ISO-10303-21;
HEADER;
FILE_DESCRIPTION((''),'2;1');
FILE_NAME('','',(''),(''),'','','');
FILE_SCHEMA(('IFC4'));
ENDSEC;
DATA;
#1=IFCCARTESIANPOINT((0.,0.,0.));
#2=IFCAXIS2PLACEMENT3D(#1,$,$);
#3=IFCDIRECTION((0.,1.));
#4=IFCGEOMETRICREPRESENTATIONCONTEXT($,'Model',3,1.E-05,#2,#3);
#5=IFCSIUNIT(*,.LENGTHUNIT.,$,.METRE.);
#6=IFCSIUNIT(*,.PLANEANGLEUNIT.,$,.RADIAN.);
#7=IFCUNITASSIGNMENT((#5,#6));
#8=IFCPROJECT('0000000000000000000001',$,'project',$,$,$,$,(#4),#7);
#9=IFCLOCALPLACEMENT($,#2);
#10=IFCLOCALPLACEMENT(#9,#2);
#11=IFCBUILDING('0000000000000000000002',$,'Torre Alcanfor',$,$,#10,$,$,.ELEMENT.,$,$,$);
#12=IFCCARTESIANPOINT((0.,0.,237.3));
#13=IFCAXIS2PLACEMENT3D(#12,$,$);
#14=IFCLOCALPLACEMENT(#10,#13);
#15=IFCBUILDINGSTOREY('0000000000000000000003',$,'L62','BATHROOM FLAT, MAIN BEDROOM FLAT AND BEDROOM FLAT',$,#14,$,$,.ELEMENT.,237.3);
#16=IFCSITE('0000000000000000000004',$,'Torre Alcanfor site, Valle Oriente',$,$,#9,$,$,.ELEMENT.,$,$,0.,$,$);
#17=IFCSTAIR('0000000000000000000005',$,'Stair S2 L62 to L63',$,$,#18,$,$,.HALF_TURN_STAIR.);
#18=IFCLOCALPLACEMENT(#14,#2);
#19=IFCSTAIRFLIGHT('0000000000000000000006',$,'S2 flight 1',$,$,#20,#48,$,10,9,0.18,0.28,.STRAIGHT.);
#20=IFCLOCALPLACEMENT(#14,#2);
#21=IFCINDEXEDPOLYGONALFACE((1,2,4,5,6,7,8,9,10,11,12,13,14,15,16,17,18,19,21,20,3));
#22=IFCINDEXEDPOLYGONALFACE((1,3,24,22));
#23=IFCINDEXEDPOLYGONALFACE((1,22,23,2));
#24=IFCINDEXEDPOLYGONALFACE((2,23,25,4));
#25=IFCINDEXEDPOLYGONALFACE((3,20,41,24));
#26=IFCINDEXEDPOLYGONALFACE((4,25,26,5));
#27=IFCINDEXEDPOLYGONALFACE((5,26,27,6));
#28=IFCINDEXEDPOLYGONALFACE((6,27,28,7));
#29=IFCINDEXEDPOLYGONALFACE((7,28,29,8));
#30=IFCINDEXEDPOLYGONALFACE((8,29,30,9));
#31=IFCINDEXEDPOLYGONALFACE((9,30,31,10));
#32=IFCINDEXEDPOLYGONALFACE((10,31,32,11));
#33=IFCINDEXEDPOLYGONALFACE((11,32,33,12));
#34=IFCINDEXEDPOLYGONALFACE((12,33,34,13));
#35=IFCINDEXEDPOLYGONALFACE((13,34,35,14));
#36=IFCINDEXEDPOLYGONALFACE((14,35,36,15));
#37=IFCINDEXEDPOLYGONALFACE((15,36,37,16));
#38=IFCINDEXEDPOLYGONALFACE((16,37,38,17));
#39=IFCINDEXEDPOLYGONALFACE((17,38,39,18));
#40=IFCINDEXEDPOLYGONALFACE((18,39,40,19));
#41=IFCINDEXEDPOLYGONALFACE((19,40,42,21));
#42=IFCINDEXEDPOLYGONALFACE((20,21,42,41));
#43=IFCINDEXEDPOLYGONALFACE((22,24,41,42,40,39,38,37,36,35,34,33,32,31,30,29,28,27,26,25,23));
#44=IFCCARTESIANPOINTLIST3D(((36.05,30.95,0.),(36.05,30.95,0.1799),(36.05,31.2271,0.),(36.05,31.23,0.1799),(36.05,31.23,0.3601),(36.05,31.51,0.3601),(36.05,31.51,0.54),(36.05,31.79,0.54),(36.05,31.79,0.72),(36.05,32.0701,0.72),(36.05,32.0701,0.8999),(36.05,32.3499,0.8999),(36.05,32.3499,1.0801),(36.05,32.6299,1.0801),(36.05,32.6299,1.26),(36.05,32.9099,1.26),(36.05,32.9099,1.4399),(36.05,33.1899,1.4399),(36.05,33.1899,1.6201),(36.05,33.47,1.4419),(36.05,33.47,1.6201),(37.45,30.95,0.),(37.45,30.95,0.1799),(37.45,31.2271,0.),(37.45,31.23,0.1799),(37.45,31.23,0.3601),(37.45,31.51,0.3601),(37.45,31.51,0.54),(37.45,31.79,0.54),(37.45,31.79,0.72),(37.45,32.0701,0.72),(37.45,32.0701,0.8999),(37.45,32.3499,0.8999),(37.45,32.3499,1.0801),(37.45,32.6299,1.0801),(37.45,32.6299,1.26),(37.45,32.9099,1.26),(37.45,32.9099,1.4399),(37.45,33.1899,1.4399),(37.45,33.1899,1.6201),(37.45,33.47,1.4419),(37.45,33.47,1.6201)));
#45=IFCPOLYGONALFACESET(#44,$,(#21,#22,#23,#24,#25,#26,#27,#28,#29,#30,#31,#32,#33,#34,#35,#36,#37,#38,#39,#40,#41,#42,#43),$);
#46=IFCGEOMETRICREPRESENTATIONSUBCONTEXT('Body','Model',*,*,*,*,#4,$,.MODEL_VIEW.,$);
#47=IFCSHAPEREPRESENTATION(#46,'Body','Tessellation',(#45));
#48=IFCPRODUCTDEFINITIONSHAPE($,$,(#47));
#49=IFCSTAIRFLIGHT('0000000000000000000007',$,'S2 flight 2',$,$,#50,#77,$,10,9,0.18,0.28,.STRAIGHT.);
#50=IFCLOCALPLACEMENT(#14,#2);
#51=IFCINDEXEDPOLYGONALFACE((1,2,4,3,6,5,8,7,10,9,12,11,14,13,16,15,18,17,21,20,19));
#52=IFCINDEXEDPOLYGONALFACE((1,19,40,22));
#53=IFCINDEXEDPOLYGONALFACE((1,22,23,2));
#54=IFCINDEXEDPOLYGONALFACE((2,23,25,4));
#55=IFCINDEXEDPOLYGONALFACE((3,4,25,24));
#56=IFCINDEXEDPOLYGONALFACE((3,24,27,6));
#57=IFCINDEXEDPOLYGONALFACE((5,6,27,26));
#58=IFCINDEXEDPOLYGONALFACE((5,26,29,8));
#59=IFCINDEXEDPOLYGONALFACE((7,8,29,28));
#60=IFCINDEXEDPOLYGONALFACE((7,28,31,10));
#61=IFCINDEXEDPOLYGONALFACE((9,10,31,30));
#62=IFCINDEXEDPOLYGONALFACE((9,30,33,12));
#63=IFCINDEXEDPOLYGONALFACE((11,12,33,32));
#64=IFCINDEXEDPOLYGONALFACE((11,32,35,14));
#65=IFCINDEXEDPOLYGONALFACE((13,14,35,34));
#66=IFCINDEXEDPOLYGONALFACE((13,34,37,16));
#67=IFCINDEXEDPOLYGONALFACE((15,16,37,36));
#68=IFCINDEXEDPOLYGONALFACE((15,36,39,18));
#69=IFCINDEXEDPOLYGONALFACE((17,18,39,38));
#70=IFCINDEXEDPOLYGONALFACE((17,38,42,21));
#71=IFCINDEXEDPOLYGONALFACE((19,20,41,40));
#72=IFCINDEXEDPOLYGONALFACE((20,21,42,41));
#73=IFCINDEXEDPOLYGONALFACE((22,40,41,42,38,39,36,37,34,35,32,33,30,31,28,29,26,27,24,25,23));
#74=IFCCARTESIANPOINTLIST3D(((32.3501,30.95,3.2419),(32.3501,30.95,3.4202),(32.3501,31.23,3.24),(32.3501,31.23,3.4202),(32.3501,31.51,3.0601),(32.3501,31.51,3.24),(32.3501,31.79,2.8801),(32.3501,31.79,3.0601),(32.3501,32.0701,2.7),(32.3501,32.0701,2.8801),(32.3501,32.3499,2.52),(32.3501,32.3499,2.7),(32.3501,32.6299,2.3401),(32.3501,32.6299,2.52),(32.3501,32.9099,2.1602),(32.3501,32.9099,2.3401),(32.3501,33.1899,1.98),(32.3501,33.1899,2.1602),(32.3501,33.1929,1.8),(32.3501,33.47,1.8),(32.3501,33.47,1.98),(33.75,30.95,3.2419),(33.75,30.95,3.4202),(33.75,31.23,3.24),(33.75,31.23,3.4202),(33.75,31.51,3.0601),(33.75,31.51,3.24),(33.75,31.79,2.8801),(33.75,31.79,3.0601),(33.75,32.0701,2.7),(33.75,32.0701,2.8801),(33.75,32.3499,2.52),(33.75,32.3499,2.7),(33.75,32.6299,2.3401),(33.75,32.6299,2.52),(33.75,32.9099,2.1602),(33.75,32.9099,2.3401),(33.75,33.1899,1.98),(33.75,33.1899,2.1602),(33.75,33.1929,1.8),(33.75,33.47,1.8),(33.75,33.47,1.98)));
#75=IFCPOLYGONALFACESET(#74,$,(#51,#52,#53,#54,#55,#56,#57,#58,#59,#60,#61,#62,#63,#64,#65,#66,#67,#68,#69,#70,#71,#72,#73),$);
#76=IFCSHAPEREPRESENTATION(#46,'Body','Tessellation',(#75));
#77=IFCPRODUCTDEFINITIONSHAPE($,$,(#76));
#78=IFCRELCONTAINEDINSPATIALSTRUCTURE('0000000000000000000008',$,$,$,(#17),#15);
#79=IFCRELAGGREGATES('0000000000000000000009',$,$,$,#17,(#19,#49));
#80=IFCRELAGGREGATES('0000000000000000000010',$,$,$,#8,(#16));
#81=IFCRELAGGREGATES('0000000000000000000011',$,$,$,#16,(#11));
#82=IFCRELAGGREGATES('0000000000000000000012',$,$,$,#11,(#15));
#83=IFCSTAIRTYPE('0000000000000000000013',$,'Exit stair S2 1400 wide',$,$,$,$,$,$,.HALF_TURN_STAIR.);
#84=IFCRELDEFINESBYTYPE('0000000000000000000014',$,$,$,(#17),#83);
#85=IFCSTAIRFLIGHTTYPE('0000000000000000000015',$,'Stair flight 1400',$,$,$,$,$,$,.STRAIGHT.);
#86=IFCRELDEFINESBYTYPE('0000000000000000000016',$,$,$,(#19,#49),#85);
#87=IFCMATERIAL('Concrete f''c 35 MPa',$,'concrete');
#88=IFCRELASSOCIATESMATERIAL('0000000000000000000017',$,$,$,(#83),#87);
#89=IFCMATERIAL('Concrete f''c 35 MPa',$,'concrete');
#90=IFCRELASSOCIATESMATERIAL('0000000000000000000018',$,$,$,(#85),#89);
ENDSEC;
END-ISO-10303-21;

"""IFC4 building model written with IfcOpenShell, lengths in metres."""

from ifc_helpers import new_model, si_unit, direction, frame, origin, place, context, subcontext, project, spatial, polyline, outline, extrude, material, type_object, element, aggregate, save


model = new_model("IFC4")

# Units and contexts
model_context = context("Model", 3, precision=1e-05, world=origin(), true_north=direction((0.0, 1.0)))
body_context = subcontext(model_context, "Body", "Model", "MODEL_VIEW")
ifc_project = project(units=[si_unit("LENGTHUNIT", "METRE"), si_unit("PLANEANGLEUNIT", "RADIAN")], contexts=[model_context])

# Site, building, storey
site_placement = place(None, origin())
site = spatial("IfcSite", under=ifc_project, at=site_placement, Name="Torre Alcanfor site, Valle Oriente", CompositionType="ELEMENT", RefElevation=0.0)
building_placement = place(site_placement, origin())
building = spatial("IfcBuilding", under=site, at=building_placement, Name="Torre Alcanfor", CompositionType="ELEMENT")
storey_placement = place(building_placement, frame((0.0, 0.0, 237.3)))
storey = spatial("IfcBuildingStorey", under=building, at=storey_placement, Name="L62", Description="BATHROOM FLAT, MAIN BEDROOM FLAT AND BEDROOM FLAT", CompositionType="ELEMENT", Elevation=237.3)

# Stair, stair flights
ifc_material_1 = material(Name="Concrete f'c 35 MPa", Category="concrete")
stair_type = type_object("IfcStairType", Name="Exit stair S2 1400 wide", PredefinedType="HALF_TURN_STAIR", material=ifc_material_1)
stair_placement = place(storey_placement, origin())
stair = element("IfcStair", 1, at=stair_placement, inside=storey, type_object=stair_type, Name="Stair S2 L62 to L63", PredefinedType="HALF_TURN_STAIR")
ifc_material_2 = material(Name="Concrete f'c 35 MPa", Category="concrete")
stair_flight_type = type_object("IfcStairFlightType", Name="Stair flight 1400", PredefinedType="STRAIGHT", material=ifc_material_2)
stair_flight_1_placement = place(storey_placement, frame((36.75, 30.95, 0.0), z_axis=(0.0, 0.0, 1.0), x_axis=(0.0, 1.0, 0.0)))
stair_flight_1 = element("IfcStairFlight", 2, at=stair_flight_1_placement, type_object=stair_flight_type, Name="S2 flight 1", NumberOfRisers=10, NumberOfTreads=9, PredefinedType="STRAIGHT", RiserHeight=0.18, TreadLength=0.28, context=body_context, shape_type="SweptSolid", body=[
    extrude(outline(polyline([(0.0, 0.0), (0.0, 0.1799), (0.28, 0.1799), (0.28, 0.3601), (0.5601, 0.3601), (0.5601, 0.54), (0.8401, 0.54), (0.8401, 0.72), (1.1201, 0.72), (1.1201, 0.8999), (1.3999, 0.8999), (1.3999, 1.0801), (1.6799, 1.0801), (1.6799, 1.26), (1.96, 1.26), (1.96, 1.4399), (2.24, 1.4399), (2.24, 1.6201), (2.52, 1.6201), (2.52, 1.8), (2.52, 1.4419), (0.2771, 0.0), (0.0, 0.0)])), frame((0.0, 0.7, 0.0), z_axis=(0.0, -1.0, 0.0), x_axis=(1.0, 0.0, 0.0)), (0.0, 0.0, 1.0), 1.3999),
])
stair_flight_2_placement = place(storey_placement, frame((33.05, 33.47, 1.8), z_axis=(0.0, 0.0, 1.0), x_axis=(0.0, -1.0, 0.0)))
stair_flight_2 = element("IfcStairFlight", 3, at=stair_flight_2_placement, type_object=stair_flight_type, Name="S2 flight 2", NumberOfRisers=10, NumberOfTreads=9, PredefinedType="STRAIGHT", RiserHeight=0.18, TreadLength=0.28, context=body_context, shape_type="SweptSolid", body=[
    extrude(outline(polyline([(0.0, 0.0), (0.0, 0.1799), (0.28, 0.1799), (0.28, 0.3601), (0.5601, 0.3601), (0.5601, 0.54), (0.8401, 0.54), (0.8401, 0.72), (1.1201, 0.72), (1.1201, 0.8999), (1.3999, 0.8999), (1.3999, 1.0801), (1.6799, 1.0801), (1.6799, 1.26), (1.96, 1.26), (1.96, 1.4399), (2.24, 1.4399), (2.24, 1.6201), (2.52, 1.6201), (2.52, 1.8), (2.52, 1.4419), (0.2771, 0.0), (0.0, 0.0)])), frame((0.0, 0.7, 0.0), z_axis=(0.0, -1.0, 0.0), x_axis=(1.0, 0.0, 0.0)), (0.0, 0.0, 1.0), 1.3999),
])
aggregate(stair, [stair_flight_1, stair_flight_2])

save(model, "model.ifc")
